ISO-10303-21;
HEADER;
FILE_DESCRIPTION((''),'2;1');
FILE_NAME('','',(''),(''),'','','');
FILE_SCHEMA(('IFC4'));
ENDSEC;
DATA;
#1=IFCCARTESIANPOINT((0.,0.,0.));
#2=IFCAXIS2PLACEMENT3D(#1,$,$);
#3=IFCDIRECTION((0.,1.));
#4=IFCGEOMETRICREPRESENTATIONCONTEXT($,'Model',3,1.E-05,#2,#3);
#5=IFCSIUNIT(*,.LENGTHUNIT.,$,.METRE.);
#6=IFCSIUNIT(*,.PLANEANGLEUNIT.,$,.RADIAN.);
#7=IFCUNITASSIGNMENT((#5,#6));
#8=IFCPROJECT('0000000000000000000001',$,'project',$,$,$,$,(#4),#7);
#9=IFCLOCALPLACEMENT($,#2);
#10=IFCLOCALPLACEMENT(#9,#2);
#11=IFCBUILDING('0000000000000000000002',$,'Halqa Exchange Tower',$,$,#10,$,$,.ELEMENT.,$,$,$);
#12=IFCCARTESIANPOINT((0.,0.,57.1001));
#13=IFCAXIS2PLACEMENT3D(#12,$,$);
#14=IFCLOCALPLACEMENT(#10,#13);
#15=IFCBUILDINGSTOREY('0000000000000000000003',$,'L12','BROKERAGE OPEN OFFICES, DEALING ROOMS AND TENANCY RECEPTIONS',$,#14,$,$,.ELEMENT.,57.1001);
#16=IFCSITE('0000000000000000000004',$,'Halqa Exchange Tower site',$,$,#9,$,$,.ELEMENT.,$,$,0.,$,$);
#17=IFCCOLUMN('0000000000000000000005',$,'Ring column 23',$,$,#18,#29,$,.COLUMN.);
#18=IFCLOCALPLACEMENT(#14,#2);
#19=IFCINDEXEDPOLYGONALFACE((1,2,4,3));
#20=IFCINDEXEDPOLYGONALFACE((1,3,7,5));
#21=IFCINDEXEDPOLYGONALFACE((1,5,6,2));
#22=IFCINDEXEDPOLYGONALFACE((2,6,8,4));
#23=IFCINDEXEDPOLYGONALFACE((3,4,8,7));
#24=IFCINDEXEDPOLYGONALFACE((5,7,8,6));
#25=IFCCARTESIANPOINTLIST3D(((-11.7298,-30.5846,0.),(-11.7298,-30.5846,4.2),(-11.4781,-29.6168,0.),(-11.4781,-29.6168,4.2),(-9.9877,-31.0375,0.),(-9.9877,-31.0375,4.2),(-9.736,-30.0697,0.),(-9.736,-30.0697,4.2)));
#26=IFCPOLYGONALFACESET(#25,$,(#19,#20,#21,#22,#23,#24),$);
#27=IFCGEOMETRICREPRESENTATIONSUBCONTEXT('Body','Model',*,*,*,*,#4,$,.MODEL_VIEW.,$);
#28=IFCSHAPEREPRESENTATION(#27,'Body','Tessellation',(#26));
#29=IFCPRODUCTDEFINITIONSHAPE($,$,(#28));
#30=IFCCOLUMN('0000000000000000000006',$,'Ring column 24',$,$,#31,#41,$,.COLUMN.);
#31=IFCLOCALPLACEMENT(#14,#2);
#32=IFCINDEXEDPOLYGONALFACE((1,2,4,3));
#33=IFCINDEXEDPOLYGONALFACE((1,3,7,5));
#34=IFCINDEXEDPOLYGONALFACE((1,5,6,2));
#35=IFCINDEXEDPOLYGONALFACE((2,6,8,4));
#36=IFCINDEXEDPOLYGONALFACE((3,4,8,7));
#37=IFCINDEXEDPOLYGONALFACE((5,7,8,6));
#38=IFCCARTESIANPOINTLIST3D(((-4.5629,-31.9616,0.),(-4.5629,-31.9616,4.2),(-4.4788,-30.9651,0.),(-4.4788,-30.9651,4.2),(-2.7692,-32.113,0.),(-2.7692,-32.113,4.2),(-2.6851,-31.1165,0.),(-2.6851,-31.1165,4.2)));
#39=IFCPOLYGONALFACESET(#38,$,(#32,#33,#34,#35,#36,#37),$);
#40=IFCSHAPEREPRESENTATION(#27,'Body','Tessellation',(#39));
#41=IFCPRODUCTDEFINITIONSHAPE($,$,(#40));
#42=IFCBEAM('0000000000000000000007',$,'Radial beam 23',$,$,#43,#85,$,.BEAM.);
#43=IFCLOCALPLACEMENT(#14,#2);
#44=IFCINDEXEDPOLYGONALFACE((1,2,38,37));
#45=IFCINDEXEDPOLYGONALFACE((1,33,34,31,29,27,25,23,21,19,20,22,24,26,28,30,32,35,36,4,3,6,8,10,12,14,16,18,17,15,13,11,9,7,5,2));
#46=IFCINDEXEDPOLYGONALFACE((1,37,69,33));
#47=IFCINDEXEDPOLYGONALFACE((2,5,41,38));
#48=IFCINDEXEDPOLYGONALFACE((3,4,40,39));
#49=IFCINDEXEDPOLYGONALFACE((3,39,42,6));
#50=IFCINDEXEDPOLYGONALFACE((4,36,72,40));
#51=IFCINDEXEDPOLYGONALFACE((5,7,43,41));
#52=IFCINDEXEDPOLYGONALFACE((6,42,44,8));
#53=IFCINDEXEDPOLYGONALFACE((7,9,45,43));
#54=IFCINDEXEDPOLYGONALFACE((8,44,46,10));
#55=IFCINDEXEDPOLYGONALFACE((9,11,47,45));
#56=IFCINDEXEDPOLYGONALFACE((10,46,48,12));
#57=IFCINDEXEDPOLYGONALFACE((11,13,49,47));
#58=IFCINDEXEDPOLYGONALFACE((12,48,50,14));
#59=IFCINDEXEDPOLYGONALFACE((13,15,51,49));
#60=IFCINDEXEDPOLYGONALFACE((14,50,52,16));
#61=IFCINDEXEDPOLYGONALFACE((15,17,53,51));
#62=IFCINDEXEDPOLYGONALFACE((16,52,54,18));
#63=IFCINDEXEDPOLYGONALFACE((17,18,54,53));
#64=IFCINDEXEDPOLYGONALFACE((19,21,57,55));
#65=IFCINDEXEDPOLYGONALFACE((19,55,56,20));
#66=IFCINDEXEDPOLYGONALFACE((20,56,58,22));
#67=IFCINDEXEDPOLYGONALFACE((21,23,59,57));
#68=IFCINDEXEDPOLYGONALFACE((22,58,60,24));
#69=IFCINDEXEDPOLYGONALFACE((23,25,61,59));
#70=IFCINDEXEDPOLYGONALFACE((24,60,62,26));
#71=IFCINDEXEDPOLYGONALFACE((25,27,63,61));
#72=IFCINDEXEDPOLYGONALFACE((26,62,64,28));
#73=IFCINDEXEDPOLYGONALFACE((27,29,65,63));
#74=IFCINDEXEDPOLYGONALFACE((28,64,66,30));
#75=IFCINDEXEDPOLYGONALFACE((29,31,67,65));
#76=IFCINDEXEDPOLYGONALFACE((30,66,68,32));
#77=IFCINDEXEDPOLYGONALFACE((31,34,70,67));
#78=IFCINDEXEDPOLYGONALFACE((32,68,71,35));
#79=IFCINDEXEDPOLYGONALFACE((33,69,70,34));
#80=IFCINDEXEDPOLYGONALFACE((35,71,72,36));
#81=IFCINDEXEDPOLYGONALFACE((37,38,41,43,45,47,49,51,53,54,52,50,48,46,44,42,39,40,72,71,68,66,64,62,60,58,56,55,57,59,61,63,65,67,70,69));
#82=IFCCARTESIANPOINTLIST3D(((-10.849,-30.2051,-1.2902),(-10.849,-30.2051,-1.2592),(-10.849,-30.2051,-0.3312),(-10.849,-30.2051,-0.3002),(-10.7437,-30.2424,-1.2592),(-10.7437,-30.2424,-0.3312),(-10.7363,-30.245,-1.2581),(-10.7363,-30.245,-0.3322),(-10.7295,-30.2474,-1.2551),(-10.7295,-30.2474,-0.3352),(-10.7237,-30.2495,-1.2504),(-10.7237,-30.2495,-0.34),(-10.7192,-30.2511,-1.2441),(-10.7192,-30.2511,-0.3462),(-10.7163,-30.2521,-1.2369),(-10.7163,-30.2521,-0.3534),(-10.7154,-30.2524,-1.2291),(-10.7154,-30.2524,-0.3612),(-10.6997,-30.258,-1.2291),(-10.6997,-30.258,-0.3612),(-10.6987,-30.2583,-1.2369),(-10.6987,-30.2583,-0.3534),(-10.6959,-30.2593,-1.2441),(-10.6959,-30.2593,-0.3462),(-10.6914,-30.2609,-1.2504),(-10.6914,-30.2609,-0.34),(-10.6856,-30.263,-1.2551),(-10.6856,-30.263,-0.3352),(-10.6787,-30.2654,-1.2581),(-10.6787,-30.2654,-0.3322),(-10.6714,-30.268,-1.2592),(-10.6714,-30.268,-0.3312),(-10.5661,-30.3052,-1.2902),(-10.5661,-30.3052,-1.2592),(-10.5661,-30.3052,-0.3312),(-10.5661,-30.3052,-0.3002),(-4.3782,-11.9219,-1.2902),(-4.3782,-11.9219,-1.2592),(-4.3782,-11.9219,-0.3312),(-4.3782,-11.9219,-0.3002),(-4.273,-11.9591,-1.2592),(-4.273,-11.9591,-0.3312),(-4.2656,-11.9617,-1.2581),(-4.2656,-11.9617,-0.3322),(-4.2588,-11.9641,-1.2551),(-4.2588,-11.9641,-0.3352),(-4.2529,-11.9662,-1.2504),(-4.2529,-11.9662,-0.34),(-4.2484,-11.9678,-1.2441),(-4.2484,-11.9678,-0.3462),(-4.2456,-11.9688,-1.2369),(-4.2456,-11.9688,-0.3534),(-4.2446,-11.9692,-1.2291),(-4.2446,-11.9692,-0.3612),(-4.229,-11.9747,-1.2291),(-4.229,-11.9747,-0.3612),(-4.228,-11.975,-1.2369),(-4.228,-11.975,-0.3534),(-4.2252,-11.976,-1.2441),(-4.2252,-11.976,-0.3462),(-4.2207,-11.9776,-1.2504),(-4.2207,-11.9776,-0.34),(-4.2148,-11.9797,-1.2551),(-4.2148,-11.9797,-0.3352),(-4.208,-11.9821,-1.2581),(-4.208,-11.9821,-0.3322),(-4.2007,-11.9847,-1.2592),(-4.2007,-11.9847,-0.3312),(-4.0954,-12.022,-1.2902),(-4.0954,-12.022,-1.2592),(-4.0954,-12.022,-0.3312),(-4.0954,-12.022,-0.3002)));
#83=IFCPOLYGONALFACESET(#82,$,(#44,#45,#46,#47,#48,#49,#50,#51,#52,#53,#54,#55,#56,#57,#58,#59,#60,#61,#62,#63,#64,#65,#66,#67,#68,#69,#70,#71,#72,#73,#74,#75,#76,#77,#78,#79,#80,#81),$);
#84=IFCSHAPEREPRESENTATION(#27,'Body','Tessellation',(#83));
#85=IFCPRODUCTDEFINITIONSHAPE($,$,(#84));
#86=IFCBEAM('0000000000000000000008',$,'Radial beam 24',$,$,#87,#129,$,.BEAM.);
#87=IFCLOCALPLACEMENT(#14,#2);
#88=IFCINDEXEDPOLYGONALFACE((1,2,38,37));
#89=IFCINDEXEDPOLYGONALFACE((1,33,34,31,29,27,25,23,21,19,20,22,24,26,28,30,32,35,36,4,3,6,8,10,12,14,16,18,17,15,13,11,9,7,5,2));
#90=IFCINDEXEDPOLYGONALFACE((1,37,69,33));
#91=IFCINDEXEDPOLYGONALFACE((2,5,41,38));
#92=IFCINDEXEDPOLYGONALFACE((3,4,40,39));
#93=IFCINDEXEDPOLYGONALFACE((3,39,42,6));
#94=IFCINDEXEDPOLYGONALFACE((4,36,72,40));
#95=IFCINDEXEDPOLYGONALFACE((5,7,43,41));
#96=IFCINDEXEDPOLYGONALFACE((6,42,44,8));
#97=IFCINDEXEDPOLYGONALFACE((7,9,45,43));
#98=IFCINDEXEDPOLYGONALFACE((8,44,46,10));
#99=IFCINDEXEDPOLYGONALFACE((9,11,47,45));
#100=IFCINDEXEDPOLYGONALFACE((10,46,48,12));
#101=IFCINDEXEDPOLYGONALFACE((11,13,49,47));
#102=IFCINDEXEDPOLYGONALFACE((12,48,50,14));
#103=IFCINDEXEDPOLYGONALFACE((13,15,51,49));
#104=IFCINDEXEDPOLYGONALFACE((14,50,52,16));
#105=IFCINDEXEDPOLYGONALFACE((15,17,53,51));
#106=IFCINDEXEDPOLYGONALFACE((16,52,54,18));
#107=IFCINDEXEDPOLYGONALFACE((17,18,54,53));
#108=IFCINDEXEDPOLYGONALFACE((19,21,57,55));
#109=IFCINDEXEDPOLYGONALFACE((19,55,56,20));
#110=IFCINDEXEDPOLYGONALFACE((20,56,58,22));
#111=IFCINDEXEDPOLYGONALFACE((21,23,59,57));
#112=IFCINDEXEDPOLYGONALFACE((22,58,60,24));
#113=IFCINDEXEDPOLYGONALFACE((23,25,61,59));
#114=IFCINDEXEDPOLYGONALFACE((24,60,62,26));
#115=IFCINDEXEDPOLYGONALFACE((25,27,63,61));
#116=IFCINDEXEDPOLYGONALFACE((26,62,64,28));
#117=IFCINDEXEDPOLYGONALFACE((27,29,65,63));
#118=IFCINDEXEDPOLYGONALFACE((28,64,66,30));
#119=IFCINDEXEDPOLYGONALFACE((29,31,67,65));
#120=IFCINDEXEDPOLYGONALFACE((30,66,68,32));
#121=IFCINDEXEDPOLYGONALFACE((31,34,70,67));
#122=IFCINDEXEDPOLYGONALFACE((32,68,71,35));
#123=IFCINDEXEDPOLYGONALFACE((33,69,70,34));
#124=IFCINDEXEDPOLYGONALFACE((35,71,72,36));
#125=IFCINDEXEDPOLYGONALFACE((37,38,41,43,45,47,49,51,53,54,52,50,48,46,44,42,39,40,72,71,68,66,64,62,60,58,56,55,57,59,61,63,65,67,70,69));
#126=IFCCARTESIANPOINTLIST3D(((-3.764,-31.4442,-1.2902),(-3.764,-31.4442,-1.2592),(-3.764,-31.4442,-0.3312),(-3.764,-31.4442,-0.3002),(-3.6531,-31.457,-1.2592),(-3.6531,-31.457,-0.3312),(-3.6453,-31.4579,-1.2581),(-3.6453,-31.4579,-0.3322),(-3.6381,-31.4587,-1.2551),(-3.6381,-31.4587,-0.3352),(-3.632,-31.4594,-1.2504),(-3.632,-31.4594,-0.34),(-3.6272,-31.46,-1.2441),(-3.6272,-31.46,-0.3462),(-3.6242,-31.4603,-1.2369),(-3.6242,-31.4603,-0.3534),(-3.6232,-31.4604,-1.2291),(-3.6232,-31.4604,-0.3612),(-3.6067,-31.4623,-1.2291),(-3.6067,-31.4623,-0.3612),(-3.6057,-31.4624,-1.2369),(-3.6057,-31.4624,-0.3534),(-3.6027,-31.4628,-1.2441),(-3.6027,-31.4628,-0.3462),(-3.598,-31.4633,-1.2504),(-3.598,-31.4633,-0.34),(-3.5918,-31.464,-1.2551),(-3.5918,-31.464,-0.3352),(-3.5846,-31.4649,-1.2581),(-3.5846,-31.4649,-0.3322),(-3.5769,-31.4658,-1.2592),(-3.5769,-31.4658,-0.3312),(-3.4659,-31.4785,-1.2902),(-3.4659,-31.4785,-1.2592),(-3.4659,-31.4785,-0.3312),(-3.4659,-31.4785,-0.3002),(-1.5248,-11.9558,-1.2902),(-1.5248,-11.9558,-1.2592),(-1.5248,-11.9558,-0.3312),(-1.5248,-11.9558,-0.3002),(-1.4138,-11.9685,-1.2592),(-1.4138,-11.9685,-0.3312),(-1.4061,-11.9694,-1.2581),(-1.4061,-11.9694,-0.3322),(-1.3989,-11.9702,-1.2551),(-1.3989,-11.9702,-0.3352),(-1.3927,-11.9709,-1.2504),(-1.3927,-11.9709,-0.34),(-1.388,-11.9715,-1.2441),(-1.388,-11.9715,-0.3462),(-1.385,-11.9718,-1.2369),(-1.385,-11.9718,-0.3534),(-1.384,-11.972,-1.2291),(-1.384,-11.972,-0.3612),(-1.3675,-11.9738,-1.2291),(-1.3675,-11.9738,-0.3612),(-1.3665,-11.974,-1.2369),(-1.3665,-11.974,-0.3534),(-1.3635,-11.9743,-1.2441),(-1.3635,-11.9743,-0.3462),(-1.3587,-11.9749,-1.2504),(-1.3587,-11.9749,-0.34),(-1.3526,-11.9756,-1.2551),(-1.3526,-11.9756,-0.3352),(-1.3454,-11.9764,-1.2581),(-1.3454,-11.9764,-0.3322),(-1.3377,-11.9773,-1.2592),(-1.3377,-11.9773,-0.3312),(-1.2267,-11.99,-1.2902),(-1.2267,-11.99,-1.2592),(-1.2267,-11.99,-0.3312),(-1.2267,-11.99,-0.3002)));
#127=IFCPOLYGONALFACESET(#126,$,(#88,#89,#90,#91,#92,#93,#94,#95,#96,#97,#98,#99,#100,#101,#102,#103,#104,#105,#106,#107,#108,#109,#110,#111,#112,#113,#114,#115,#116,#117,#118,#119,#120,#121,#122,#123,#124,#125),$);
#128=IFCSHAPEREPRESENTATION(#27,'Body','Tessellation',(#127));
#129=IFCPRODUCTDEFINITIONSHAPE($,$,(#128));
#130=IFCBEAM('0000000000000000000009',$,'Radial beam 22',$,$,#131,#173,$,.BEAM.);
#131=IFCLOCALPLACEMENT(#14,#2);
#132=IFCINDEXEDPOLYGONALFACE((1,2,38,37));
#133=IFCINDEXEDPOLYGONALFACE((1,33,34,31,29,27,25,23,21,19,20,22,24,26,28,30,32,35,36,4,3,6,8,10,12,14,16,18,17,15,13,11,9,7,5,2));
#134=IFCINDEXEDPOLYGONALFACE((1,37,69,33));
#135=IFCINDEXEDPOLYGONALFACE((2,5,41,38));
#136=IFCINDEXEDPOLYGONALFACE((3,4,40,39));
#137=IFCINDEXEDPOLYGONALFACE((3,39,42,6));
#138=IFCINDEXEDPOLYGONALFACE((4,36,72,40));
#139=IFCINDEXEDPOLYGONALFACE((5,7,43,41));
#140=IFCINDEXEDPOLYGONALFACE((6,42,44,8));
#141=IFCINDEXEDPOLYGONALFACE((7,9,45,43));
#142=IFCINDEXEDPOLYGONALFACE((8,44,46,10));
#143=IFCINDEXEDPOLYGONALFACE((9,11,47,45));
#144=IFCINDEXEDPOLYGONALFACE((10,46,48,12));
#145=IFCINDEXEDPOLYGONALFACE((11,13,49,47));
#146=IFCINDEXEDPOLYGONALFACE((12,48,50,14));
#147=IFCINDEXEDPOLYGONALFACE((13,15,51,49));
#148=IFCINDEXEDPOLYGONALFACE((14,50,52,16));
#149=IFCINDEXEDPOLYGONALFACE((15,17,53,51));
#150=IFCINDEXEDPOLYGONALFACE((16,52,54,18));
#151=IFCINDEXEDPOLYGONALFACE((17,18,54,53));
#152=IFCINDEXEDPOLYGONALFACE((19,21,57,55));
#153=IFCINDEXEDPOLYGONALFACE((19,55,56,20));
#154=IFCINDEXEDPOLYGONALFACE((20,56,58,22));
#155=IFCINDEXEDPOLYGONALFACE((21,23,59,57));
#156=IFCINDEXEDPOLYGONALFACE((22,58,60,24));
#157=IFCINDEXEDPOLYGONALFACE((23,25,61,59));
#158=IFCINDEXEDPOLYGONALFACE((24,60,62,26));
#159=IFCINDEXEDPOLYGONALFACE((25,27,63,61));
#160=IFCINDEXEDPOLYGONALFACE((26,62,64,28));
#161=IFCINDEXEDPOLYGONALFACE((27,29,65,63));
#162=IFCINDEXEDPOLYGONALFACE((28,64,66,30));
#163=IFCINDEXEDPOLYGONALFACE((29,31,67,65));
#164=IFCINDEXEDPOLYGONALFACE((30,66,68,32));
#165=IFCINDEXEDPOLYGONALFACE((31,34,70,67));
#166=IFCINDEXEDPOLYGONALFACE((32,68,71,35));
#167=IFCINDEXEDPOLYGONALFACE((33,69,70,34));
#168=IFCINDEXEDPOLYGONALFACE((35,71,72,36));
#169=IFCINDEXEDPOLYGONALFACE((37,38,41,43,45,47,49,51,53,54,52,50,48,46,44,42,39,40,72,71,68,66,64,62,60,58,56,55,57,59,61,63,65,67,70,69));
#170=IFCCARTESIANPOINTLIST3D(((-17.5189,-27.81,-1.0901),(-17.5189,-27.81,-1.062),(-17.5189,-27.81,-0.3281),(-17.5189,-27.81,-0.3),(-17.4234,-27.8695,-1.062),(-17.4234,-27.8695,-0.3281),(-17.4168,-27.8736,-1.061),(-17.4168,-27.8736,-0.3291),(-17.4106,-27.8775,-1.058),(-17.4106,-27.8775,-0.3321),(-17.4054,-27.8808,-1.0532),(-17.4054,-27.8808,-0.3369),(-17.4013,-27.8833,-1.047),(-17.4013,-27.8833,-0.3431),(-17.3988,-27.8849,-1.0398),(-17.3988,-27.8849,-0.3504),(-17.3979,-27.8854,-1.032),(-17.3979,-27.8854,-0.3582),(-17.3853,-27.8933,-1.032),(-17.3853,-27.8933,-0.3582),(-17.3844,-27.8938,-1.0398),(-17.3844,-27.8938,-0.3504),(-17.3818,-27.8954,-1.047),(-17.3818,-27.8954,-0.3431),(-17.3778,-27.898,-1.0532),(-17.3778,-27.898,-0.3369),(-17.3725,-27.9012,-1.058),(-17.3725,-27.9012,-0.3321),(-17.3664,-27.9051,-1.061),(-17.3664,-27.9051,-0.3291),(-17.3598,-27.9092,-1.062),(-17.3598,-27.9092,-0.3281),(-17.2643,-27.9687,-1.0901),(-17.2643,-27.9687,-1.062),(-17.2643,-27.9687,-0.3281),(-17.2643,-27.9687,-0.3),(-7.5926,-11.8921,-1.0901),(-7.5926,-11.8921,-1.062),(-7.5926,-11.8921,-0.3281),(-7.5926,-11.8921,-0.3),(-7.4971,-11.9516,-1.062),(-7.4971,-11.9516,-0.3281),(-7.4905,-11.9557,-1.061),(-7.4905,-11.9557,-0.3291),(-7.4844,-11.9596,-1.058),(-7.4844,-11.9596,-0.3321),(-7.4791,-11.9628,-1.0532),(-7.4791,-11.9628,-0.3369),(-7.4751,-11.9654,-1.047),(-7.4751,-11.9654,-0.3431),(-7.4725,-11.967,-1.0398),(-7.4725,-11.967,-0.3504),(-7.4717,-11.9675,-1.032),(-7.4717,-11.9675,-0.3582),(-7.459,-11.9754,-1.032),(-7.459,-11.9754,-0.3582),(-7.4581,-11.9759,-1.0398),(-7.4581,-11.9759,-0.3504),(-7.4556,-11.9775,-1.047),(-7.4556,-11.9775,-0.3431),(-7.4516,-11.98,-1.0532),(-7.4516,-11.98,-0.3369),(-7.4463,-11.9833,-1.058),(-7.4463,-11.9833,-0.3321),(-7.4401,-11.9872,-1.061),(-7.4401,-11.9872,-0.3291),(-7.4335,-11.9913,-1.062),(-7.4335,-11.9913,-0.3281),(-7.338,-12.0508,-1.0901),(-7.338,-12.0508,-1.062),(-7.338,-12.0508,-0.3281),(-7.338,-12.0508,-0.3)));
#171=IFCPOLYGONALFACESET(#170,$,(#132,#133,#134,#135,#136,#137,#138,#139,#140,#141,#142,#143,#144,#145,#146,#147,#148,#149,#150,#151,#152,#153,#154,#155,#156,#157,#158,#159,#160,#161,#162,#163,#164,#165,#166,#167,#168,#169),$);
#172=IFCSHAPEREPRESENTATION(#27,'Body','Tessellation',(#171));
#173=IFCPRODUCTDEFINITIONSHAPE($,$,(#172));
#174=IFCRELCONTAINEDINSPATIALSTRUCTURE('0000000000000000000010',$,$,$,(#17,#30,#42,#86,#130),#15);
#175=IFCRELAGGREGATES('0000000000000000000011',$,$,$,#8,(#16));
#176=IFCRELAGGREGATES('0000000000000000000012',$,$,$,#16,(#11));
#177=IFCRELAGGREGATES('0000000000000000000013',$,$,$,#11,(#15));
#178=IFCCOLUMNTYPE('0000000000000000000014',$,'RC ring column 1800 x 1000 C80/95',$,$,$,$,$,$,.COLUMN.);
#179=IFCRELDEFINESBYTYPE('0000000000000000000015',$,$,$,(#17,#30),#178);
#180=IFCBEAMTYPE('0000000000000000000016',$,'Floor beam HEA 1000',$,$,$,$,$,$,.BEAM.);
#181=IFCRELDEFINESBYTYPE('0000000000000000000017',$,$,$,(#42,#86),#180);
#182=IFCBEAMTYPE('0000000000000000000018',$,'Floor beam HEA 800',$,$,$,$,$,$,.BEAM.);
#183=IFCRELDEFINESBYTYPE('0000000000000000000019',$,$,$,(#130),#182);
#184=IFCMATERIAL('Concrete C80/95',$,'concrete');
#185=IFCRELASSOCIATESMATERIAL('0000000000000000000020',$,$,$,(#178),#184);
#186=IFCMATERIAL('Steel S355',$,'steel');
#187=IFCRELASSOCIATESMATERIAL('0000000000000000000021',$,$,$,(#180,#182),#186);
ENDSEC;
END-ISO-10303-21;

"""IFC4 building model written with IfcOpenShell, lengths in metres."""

from ifc_helpers import new_model, si_unit, direction, frame, origin, origin_2d, place, context, subcontext, project, spatial, rectangle, i_section, extrude, material, material_profile, profile_set, type_object, element, save


model = new_model("IFC4")

# Units and contexts
model_context = context("Model", 3, precision=1e-05, world=origin(), true_north=direction((0.0, 1.0)))
body_context = subcontext(model_context, "Body", "Model", "MODEL_VIEW")
ifc_project = project(units=[si_unit("LENGTHUNIT", "METRE"), si_unit("PLANEANGLEUNIT", "RADIAN")], contexts=[model_context])

# Site, building, storey
site_placement = place(None, origin())
site = spatial("IfcSite", under=ifc_project, at=site_placement, Name="Halqa Exchange Tower site", CompositionType="ELEMENT", RefElevation=0.0)
building_placement = place(site_placement, origin())
building = spatial("IfcBuilding", under=site, at=building_placement, Name="Halqa Exchange Tower", CompositionType="ELEMENT")
storey_placement = place(building_placement, frame((0.0, 0.0, 57.1001)))
storey = spatial("IfcBuildingStorey", under=building, at=storey_placement, Name="L12", Description="BROKERAGE OPEN OFFICES, DEALING ROOMS AND TENANCY RECEPTIONS", CompositionType="ELEMENT", Elevation=57.1001)

# Columns
ifc_material_1 = material(Name="Concrete C80/95", Category="concrete")
ifc_material_profile_1 = material_profile(ifc_material_1, rectangle(XDim=1.8, YDim=1.0, at=origin_2d()), Name="1800 x 1000")
ifc_profile_set_1 = profile_set([ifc_material_profile_1], Name="Concrete C80/95")
column_type = type_object("IfcColumnType", Name="RC ring column 1800 x 1000 C80/95", PredefinedType="COLUMN", material=ifc_profile_set_1)
for number, where, z_axis, x_axis, name in (
    (1, (-10.7329, -30.3271, 0.0), (0.0, 0.0, 1.0), (0.96782, -0.251644, 0.0), "Ring column 23"),
    (2, (-3.624, -31.5391, 0.0), (0.0, 0.0, 1.0), (0.996456, -0.08412, 0.0), "Ring column 24"),
):
    element("IfcColumn", number, at=place(storey_placement, frame(where, z_axis=z_axis, x_axis=x_axis)), inside=storey, type_object=column_type, Name=name, PredefinedType="COLUMN", context=body_context, shape_type="SweptSolid", body=[
        extrude(rectangle(XDim=1.8, YDim=1.0, at=origin_2d()), origin(), (0.0, 0.0, 1.0), 4.2),
    ])

# Beams
ifc_material_2 = material(Name="Steel S355", Category="steel")
ifc_material_profile_2 = material_profile(ifc_material_2, i_section(OverallWidth=0.3, OverallDepth=0.99, WebThickness=0.0166, FlangeThickness=0.031, FilletRadius=0.03, at=origin_2d()), Name="HEA 1000")
ifc_profile_set_2 = profile_set([ifc_material_profile_2], Name="Steel S355")
beam_type_1 = type_object("IfcBeamType", Name="Floor beam HEA 1000", PredefinedType="BEAM", material=ifc_profile_set_2)
beam_1_placement = place(storey_placement, frame((-4.2368, -11.9719, -0.7952), z_axis=(-0.333636, -0.942702, 0.0), x_axis=(0.942702, -0.333636, 0.0)))
element("IfcBeam", 3, at=beam_1_placement, inside=storey, type_object=beam_type_1, Name="Radial beam 23", PredefinedType="BEAM", context=body_context, shape_type="SweptSolid", body=[
    extrude(i_section(OverallWidth=0.3, OverallDepth=0.99, WebThickness=0.0166, FlangeThickness=0.031, FilletRadius=0.03, at=origin_2d()), origin(), (0.0, 0.0, 1.0), 19.3945),
])
beam_2_placement = place(storey_placement, frame((-1.3757, -11.9729, -0.7952), z_axis=(-0.11415, -0.993463, 0.0), x_axis=(0.993463, -0.11415, 0.0)))
element("IfcBeam", 4, at=beam_2_placement, inside=storey, type_object=beam_type_1, Name="Radial beam 24", PredefinedType="BEAM", context=body_context, shape_type="SweptSolid", body=[
    extrude(i_section(OverallWidth=0.3, OverallDepth=0.99, WebThickness=0.0166, FlangeThickness=0.031, FilletRadius=0.03, at=origin_2d()), origin(), (0.0, 0.0, 1.0), 19.6167),
])
ifc_material_profile_3 = material_profile(ifc_material_2, i_section(OverallWidth=0.3, OverallDepth=0.79, WebThickness=0.0149, FlangeThickness=0.0281, FilletRadius=0.03, at=origin_2d()), Name="HEA 800")
ifc_profile_set_3 = profile_set([ifc_material_profile_3], Name="Steel S355")
beam_type_2 = type_object("IfcBeamType", Name="Floor beam HEA 800", PredefinedType="BEAM", material=ifc_profile_set_3)
beam_3_placement = place(storey_placement, frame((-7.4653, -11.9714, -0.6951), z_axis=(-0.529138, -0.848536, 0.0), x_axis=(0.848536, -0.529138, 0.0)))
element("IfcBeam", 5, at=beam_3_placement, inside=storey, type_object=beam_type_2, Name="Radial beam 22", PredefinedType="BEAM", context=body_context, shape_type="SweptSolid", body=[
    extrude(i_section(OverallWidth=0.3, OverallDepth=0.79, WebThickness=0.0149, FlangeThickness=0.0281, FilletRadius=0.03, at=origin_2d()), origin(), (0.0, 0.0, 1.0), 18.7593),
])

save(model, "model.ifc")
